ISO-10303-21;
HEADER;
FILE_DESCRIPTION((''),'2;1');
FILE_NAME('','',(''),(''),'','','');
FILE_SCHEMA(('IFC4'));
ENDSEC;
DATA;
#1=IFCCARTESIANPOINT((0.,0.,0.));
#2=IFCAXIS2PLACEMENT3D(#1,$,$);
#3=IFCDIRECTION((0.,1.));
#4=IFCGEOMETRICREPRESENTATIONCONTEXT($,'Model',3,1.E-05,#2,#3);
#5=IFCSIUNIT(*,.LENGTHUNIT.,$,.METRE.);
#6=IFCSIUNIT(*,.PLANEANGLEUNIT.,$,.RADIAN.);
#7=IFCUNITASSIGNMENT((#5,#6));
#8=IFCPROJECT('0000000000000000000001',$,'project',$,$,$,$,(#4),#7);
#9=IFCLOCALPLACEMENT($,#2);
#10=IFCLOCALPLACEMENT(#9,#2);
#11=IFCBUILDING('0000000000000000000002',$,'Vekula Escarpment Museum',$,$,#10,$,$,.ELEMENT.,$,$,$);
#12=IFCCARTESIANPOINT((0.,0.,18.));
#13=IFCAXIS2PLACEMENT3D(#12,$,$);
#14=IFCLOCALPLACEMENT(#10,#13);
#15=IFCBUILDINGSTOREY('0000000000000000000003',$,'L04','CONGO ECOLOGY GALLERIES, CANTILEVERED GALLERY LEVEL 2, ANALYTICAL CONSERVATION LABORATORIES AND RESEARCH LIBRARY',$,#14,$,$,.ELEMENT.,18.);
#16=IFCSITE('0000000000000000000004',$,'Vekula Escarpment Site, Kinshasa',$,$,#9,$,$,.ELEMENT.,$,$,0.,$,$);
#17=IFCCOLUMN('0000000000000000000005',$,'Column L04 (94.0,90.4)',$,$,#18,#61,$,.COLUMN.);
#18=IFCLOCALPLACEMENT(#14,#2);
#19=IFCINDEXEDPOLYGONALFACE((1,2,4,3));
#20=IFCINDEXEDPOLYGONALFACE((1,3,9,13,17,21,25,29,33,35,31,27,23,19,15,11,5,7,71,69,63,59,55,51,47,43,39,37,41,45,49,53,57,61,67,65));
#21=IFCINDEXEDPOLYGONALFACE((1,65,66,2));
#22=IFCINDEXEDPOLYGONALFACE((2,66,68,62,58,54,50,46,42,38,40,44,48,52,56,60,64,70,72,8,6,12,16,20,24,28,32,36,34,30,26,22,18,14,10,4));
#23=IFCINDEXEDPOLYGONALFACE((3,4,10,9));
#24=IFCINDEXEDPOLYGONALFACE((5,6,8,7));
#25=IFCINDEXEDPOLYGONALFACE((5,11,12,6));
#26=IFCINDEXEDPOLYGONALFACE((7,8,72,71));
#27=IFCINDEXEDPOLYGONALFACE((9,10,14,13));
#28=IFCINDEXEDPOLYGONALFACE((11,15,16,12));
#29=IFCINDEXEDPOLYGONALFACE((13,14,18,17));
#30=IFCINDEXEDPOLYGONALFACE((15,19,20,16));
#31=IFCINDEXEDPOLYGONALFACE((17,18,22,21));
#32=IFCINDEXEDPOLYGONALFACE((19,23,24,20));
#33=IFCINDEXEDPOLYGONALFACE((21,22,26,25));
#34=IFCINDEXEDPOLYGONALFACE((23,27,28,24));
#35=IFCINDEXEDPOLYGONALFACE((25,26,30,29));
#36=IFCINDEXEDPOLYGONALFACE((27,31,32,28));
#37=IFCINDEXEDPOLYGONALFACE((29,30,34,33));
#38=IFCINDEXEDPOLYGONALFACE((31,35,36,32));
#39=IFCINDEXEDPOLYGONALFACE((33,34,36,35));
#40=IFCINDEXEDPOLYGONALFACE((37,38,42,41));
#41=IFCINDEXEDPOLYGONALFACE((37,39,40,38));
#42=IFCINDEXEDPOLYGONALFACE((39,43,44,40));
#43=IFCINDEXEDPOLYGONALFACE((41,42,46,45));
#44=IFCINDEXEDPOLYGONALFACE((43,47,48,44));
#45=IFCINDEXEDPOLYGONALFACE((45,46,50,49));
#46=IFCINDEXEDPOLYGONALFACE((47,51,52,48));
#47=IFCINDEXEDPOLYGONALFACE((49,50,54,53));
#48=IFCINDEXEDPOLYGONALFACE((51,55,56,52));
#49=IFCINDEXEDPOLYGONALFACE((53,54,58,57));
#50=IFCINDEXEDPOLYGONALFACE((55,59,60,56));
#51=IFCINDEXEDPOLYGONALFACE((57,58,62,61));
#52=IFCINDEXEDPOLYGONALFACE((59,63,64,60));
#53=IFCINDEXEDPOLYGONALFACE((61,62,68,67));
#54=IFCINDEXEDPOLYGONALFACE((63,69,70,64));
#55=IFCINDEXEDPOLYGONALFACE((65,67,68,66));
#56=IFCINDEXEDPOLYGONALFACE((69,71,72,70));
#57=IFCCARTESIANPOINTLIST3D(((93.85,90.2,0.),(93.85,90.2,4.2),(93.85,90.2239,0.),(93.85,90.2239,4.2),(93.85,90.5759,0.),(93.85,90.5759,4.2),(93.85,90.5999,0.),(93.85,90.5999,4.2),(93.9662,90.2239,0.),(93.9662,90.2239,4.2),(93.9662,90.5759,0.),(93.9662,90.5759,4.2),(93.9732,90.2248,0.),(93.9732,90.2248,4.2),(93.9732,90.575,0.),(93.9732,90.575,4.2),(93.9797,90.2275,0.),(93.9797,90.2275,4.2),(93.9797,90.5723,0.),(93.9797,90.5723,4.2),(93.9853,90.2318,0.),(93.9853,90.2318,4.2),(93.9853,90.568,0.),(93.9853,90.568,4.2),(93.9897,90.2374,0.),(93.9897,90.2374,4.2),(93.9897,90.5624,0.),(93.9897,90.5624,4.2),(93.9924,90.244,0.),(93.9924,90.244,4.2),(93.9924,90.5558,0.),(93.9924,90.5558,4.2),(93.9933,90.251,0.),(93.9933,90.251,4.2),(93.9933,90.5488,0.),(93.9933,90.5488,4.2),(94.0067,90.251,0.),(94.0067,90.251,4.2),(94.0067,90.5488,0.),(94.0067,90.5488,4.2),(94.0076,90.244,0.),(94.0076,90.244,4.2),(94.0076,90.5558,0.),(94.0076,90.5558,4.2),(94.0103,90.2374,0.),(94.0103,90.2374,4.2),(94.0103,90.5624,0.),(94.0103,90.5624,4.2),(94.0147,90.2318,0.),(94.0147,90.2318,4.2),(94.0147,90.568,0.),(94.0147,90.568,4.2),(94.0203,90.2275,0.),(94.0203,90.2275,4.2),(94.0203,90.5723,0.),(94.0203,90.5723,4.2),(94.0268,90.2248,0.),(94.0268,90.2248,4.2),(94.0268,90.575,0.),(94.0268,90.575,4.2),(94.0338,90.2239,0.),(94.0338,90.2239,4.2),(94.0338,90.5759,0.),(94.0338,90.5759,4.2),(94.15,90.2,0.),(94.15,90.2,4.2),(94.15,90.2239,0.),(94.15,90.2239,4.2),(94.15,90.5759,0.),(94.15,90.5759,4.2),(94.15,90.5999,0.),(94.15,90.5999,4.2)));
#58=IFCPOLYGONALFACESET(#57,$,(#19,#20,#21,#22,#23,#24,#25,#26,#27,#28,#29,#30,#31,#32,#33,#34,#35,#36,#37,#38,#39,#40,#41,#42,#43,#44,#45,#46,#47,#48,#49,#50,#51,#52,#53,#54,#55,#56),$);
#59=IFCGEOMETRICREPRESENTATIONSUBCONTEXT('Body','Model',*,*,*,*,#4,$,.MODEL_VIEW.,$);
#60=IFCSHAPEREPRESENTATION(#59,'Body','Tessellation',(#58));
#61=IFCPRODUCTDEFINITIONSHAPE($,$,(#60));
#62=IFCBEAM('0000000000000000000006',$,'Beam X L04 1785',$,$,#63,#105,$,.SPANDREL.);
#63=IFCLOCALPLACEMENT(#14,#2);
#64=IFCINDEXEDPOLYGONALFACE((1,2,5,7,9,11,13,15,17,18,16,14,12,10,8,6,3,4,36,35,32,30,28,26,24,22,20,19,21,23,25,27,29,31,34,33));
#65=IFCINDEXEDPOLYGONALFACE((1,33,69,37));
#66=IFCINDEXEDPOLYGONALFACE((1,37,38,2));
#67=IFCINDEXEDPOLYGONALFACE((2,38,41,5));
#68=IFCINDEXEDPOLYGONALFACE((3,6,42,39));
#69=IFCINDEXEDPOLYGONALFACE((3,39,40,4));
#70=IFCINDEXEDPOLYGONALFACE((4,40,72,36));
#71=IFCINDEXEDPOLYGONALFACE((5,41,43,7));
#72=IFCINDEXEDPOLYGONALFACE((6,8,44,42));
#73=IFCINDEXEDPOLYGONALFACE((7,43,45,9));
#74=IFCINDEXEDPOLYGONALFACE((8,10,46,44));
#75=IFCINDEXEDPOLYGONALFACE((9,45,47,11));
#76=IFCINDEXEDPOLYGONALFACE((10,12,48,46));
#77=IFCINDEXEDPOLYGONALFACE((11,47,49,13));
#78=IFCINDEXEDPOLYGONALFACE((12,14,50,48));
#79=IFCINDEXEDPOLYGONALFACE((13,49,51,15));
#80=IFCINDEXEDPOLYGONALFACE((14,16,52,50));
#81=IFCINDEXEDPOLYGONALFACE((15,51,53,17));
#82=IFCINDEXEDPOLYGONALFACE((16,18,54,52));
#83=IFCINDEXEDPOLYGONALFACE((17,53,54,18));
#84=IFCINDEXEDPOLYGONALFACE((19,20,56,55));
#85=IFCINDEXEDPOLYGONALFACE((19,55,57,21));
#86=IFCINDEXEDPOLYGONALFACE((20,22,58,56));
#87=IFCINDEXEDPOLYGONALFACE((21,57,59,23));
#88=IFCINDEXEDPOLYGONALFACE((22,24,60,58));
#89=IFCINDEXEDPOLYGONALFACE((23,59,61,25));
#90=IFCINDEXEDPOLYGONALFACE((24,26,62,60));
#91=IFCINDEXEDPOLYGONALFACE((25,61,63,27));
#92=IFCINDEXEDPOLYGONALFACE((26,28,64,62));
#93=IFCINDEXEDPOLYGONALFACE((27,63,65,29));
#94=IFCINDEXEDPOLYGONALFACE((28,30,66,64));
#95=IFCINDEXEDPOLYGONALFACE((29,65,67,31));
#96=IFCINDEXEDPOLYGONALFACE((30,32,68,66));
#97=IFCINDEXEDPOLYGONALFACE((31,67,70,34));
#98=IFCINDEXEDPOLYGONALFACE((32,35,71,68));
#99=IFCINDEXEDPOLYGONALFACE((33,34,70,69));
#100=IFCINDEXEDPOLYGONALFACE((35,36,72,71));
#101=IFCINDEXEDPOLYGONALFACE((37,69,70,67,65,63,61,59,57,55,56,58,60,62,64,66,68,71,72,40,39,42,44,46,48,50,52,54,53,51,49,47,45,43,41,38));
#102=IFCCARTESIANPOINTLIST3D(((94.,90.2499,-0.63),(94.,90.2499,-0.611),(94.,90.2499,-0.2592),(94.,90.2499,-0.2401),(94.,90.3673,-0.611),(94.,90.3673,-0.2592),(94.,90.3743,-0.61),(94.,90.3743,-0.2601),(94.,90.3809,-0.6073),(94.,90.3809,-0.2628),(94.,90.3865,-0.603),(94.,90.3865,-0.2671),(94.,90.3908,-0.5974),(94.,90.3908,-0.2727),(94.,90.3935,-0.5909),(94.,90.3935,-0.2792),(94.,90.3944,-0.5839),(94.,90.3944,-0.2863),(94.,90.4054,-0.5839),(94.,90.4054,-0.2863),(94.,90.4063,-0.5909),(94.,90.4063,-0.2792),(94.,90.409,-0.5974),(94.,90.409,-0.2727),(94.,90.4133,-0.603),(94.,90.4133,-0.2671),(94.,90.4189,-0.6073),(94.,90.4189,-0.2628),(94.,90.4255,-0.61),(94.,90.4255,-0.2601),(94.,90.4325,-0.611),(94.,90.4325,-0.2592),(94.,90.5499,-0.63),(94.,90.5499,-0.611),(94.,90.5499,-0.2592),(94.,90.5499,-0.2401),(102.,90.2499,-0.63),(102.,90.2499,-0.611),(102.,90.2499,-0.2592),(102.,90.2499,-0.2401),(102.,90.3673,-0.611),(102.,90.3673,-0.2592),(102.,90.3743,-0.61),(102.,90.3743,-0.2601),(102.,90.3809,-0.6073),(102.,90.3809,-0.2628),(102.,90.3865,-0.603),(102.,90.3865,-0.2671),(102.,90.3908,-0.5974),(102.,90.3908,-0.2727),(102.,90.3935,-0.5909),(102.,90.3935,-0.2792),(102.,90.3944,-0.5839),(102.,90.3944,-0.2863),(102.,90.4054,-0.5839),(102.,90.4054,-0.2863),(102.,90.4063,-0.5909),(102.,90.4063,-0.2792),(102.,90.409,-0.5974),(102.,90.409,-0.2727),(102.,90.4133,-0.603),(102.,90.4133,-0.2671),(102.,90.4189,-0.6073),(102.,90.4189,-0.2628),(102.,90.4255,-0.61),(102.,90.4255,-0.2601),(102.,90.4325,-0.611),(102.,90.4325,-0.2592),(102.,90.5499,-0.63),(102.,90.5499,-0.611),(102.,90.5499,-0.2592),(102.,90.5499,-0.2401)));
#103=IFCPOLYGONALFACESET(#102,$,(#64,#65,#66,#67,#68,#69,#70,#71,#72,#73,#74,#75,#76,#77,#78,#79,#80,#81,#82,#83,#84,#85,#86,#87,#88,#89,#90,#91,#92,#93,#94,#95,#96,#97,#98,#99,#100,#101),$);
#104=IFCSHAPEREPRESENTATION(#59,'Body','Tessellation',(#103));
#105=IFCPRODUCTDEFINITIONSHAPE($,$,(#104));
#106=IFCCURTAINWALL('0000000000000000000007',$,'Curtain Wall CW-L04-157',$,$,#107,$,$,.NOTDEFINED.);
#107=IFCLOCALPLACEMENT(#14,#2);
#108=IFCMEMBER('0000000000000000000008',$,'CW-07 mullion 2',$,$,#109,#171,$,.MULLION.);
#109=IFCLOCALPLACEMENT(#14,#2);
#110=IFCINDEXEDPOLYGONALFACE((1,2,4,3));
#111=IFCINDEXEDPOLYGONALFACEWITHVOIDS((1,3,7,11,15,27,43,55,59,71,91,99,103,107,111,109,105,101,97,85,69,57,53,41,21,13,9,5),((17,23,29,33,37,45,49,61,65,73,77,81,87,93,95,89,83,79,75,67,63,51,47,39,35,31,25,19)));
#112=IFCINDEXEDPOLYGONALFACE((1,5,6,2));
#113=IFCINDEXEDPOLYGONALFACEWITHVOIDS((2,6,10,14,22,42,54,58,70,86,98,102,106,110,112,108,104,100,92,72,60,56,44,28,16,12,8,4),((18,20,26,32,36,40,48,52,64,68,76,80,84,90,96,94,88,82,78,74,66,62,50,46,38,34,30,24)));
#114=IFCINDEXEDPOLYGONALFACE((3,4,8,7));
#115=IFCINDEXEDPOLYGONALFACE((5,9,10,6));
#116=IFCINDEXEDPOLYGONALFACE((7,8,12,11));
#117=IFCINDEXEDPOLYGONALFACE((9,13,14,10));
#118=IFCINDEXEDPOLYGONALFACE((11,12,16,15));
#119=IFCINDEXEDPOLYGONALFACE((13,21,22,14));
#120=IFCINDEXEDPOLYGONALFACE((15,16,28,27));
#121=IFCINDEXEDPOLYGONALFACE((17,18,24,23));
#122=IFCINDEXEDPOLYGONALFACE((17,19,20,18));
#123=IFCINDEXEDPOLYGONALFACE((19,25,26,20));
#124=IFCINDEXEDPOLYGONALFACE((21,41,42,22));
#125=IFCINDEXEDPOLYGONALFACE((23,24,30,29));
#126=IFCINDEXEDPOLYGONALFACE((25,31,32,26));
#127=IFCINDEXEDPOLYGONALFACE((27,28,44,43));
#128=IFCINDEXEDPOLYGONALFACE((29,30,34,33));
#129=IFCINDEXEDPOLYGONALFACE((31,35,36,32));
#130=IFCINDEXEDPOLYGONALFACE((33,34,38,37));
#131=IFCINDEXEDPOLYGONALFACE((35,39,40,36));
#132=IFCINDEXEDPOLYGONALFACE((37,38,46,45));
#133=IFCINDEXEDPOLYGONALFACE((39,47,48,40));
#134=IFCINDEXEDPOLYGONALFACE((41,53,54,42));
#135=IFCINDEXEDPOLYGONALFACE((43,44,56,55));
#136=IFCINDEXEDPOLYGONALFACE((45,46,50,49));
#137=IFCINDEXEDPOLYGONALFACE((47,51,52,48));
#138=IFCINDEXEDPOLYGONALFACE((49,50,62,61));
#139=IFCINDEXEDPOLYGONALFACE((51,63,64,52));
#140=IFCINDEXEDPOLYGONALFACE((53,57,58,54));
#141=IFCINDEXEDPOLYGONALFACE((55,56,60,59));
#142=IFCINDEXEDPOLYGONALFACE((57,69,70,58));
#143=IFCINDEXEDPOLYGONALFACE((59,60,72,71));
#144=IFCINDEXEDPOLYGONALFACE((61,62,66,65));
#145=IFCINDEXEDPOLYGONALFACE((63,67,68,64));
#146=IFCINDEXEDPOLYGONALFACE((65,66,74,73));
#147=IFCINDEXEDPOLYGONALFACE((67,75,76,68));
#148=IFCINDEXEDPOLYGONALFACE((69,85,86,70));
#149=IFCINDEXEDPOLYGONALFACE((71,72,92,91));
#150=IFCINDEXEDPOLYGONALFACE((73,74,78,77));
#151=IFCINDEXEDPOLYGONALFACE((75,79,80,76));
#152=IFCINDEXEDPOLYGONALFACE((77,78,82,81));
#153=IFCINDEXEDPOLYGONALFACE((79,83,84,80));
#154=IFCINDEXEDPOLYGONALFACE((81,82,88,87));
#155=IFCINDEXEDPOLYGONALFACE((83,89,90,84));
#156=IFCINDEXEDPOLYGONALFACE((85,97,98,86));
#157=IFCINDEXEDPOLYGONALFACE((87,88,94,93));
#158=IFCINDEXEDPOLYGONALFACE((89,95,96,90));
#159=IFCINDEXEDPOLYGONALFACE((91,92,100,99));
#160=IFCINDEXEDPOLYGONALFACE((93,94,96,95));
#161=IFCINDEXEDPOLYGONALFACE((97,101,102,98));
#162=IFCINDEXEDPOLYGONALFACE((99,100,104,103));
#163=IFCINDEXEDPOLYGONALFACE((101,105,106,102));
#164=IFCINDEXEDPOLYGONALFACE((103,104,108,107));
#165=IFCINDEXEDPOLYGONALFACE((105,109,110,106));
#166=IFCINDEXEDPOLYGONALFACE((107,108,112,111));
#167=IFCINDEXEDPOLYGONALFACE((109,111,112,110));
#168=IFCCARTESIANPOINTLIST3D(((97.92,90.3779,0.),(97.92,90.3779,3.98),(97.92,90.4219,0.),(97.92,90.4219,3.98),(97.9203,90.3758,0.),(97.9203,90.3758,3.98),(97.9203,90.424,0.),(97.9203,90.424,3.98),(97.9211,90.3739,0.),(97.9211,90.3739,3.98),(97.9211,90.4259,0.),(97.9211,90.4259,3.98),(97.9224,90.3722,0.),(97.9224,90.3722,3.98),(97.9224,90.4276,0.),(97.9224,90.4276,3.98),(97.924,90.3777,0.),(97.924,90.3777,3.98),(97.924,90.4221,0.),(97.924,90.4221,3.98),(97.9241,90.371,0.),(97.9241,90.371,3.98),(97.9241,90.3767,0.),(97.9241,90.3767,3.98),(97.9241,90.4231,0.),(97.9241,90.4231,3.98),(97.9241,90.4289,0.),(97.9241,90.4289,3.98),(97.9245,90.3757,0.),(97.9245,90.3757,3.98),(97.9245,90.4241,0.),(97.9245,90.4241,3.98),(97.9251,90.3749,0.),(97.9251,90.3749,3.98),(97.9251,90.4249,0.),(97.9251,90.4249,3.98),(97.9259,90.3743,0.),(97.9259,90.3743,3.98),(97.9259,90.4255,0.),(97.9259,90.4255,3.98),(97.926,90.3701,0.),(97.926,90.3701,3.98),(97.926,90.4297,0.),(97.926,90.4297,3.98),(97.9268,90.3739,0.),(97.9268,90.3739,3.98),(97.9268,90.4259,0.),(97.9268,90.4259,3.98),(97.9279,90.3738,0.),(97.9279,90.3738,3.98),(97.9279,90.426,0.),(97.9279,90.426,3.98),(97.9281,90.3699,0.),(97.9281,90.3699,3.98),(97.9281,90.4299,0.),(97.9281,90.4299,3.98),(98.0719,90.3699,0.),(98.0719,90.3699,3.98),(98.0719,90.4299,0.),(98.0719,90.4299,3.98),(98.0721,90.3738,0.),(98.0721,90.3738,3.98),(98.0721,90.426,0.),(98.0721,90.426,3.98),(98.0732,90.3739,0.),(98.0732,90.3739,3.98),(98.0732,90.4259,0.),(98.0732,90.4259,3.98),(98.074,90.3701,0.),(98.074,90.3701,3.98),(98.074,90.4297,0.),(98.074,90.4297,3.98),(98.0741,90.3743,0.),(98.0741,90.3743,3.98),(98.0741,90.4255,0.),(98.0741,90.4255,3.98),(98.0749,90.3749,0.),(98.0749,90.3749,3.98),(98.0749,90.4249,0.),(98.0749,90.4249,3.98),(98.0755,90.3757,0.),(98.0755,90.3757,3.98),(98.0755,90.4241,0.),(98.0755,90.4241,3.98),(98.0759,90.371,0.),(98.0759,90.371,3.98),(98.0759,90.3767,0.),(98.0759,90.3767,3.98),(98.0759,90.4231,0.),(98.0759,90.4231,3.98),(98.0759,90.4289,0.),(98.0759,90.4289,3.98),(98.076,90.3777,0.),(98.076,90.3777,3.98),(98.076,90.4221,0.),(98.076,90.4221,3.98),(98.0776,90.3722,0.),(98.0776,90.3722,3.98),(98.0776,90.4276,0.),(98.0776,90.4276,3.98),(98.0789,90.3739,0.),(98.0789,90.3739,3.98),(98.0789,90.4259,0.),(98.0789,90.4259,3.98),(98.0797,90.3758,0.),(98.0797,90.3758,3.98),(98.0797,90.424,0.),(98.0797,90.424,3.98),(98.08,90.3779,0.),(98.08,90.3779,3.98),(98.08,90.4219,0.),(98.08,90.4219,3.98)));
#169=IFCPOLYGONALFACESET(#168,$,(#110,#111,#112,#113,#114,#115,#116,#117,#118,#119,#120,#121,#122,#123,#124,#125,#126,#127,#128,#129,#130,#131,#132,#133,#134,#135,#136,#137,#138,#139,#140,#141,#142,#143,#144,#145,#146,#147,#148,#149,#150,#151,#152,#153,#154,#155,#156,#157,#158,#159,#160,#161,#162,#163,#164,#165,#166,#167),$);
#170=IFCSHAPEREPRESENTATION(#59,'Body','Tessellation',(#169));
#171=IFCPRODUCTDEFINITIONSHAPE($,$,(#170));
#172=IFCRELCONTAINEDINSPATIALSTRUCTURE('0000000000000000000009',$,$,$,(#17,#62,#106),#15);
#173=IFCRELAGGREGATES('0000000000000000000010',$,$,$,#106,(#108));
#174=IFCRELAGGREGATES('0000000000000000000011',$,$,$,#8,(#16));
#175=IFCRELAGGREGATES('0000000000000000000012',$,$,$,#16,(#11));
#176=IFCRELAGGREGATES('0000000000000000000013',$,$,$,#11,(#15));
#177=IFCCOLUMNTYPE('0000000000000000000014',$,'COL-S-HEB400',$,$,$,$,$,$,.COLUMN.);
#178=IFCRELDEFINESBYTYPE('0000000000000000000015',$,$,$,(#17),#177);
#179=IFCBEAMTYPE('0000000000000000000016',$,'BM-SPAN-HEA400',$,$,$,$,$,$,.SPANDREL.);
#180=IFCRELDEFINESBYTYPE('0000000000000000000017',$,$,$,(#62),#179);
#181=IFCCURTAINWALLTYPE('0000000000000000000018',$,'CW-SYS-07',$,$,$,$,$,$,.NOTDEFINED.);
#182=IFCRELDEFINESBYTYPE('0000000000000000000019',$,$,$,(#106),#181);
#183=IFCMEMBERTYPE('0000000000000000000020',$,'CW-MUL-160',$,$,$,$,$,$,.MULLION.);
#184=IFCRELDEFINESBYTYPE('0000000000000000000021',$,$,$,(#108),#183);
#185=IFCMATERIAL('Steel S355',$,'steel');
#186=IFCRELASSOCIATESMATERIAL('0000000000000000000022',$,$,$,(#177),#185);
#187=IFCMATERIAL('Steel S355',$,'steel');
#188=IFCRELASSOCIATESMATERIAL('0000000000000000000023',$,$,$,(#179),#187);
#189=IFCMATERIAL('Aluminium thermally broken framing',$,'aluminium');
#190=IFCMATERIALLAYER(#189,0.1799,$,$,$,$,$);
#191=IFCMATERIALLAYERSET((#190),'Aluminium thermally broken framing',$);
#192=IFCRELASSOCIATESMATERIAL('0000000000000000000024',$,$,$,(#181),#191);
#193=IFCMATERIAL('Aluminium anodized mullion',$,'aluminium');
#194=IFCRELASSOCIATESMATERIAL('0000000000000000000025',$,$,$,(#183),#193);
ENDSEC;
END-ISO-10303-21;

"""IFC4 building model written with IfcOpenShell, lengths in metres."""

from ifc_helpers import new_model, si_unit, direction, frame, origin, origin_2d, place, context, subcontext, project, spatial, hollow_rectangle, i_section, extrude, material, layer, layer_set, material_profile, profile_set, type_object, element, aggregate, save


model = new_model("IFC4")

# Units and contexts
model_context = context("Model", 3, precision=1e-05, world=origin(), true_north=direction((0.0, 1.0)))
body_context = subcontext(model_context, "Body", "Model", "MODEL_VIEW")
ifc_project = project(units=[si_unit("LENGTHUNIT", "METRE"), si_unit("PLANEANGLEUNIT", "RADIAN")], contexts=[model_context])

# Site, building, storey
site_placement = place(None, origin())
site = spatial("IfcSite", under=ifc_project, at=site_placement, Name="Vekula Escarpment Site, Kinshasa", CompositionType="ELEMENT", RefElevation=0.0)
building_placement = place(site_placement, origin())
building = spatial("IfcBuilding", under=site, at=building_placement, Name="Vekula Escarpment Museum", CompositionType="ELEMENT")
storey_placement = place(building_placement, frame((0.0, 0.0, 18.0)))
storey = spatial("IfcBuildingStorey", under=building, at=storey_placement, Name="L04", Description="CONGO ECOLOGY GALLERIES, CANTILEVERED GALLERY LEVEL 2, ANALYTICAL CONSERVATION LABORATORIES AND RESEARCH LIBRARY", CompositionType="ELEMENT", Elevation=18.0)

# Column
ifc_material_1 = material(Name="Steel S355", Category="steel")
ifc_material_profile_1 = material_profile(ifc_material_1, i_section(OverallWidth=0.3, OverallDepth=0.3999, WebThickness=0.0134, FlangeThickness=0.0239, FilletRadius=0.0271, at=origin_2d()), Name="HEB 400")
ifc_profile_set_1 = profile_set([ifc_material_profile_1], Name="Steel S355")
column_type = type_object("IfcColumnType", Name="COL-S-HEB400", PredefinedType="COLUMN", material=ifc_profile_set_1)
column_placement = place(storey_placement, frame((94.0, 90.3999, 0.0), z_axis=(0.0, 0.0, 1.0), x_axis=(1.0, 0.0, 0.0)))
element("IfcColumn", 1, at=column_placement, inside=storey, type_object=column_type, Name="Column L04 (94.0,90.4)", PredefinedType="COLUMN", context=body_context, shape_type="SweptSolid", body=[
    extrude(i_section(OverallWidth=0.3, OverallDepth=0.3999, WebThickness=0.0134, FlangeThickness=0.0239, FilletRadius=0.0271, at=origin_2d()), origin(), (0.0, 0.0, 1.0), 4.2),
])

# Beam
ifc_material_2 = material(Name="Steel S355", Category="steel")
ifc_material_profile_2 = material_profile(ifc_material_2, i_section(OverallWidth=0.3, OverallDepth=0.3899, WebThickness=0.011, FlangeThickness=0.019, FilletRadius=0.0271, at=origin_2d()), Name="HEA 400")
ifc_profile_set_2 = profile_set([ifc_material_profile_2], Name="Steel S355")
beam_type = type_object("IfcBeamType", Name="BM-SPAN-HEA400", PredefinedType="SPANDREL", material=ifc_profile_set_2)
beam_placement = place(storey_placement, frame((94.0, 90.3999, -0.4351), z_axis=(1.0, 0.0, 0.0), x_axis=(0.0, 1.0, 0.0)))
element("IfcBeam", 2, at=beam_placement, inside=storey, type_object=beam_type, Name="Beam X L04 1785", PredefinedType="SPANDREL", context=body_context, shape_type="SweptSolid", body=[
    extrude(i_section(OverallWidth=0.3, OverallDepth=0.3899, WebThickness=0.011, FlangeThickness=0.019, FilletRadius=0.0271, at=origin_2d()), origin(), (0.0, 0.0, 1.0), 8.0),
])

# Curtain wall, member
ifc_material_3 = material(Name="Aluminium thermally broken framing", Category="aluminium")
ifc_layer_1 = layer(ifc_material_3, 0.1799)
ifc_layer_set_1 = layer_set([ifc_layer_1], Name="Aluminium thermally broken framing")
curtain_wall_type_1 = type_object("IfcCurtainWallType", Name="CW-SYS-07", PredefinedType="NOTDEFINED", material=ifc_layer_set_1)
curtain_wall_1_placement = place(storey_placement, origin())
curtain_wall_1 = element("IfcCurtainWall", 3, at=curtain_wall_1_placement, inside=storey, type_object=curtain_wall_type_1, Name="Curtain Wall CW-L04-157", PredefinedType="NOTDEFINED")
ifc_material_4 = material(Name="Aluminium anodized mullion", Category="aluminium")
ifc_material_profile_3 = material_profile(ifc_material_4, hollow_rectangle(XDim=0.0601, YDim=0.1599, WallThickness=0.0039, InnerFilletRadius=0.0039, OuterFilletRadius=0.0081, at=origin_2d()), Name="ALU 160x60x4")
ifc_profile_set_3 = profile_set([ifc_material_profile_3], Name="Aluminium anodized mullion")
member_type_1 = type_object("IfcMemberType", Name="CW-MUL-160", PredefinedType="MULLION", material=ifc_profile_set_3)
member_1_placement = place(storey_placement, frame((98.0, 90.3999, 0.0), z_axis=(0.0, 0.0, 1.0), x_axis=(0.0, -1.0, 0.0)))
member_1 = element("IfcMember", 4, at=member_1_placement, type_object=member_type_1, Name="CW-07 mullion 2", PredefinedType="MULLION", context=body_context, shape_type="SweptSolid", body=[
    extrude(hollow_rectangle(XDim=0.0601, YDim=0.1599, WallThickness=0.0039, InnerFilletRadius=0.0039, OuterFilletRadius=0.0081, at=origin_2d()), origin(), (0.0, 0.0, 1.0), 3.98),
])

aggregate(curtain_wall_1, [member_1])

save(model, "model.ifc")
